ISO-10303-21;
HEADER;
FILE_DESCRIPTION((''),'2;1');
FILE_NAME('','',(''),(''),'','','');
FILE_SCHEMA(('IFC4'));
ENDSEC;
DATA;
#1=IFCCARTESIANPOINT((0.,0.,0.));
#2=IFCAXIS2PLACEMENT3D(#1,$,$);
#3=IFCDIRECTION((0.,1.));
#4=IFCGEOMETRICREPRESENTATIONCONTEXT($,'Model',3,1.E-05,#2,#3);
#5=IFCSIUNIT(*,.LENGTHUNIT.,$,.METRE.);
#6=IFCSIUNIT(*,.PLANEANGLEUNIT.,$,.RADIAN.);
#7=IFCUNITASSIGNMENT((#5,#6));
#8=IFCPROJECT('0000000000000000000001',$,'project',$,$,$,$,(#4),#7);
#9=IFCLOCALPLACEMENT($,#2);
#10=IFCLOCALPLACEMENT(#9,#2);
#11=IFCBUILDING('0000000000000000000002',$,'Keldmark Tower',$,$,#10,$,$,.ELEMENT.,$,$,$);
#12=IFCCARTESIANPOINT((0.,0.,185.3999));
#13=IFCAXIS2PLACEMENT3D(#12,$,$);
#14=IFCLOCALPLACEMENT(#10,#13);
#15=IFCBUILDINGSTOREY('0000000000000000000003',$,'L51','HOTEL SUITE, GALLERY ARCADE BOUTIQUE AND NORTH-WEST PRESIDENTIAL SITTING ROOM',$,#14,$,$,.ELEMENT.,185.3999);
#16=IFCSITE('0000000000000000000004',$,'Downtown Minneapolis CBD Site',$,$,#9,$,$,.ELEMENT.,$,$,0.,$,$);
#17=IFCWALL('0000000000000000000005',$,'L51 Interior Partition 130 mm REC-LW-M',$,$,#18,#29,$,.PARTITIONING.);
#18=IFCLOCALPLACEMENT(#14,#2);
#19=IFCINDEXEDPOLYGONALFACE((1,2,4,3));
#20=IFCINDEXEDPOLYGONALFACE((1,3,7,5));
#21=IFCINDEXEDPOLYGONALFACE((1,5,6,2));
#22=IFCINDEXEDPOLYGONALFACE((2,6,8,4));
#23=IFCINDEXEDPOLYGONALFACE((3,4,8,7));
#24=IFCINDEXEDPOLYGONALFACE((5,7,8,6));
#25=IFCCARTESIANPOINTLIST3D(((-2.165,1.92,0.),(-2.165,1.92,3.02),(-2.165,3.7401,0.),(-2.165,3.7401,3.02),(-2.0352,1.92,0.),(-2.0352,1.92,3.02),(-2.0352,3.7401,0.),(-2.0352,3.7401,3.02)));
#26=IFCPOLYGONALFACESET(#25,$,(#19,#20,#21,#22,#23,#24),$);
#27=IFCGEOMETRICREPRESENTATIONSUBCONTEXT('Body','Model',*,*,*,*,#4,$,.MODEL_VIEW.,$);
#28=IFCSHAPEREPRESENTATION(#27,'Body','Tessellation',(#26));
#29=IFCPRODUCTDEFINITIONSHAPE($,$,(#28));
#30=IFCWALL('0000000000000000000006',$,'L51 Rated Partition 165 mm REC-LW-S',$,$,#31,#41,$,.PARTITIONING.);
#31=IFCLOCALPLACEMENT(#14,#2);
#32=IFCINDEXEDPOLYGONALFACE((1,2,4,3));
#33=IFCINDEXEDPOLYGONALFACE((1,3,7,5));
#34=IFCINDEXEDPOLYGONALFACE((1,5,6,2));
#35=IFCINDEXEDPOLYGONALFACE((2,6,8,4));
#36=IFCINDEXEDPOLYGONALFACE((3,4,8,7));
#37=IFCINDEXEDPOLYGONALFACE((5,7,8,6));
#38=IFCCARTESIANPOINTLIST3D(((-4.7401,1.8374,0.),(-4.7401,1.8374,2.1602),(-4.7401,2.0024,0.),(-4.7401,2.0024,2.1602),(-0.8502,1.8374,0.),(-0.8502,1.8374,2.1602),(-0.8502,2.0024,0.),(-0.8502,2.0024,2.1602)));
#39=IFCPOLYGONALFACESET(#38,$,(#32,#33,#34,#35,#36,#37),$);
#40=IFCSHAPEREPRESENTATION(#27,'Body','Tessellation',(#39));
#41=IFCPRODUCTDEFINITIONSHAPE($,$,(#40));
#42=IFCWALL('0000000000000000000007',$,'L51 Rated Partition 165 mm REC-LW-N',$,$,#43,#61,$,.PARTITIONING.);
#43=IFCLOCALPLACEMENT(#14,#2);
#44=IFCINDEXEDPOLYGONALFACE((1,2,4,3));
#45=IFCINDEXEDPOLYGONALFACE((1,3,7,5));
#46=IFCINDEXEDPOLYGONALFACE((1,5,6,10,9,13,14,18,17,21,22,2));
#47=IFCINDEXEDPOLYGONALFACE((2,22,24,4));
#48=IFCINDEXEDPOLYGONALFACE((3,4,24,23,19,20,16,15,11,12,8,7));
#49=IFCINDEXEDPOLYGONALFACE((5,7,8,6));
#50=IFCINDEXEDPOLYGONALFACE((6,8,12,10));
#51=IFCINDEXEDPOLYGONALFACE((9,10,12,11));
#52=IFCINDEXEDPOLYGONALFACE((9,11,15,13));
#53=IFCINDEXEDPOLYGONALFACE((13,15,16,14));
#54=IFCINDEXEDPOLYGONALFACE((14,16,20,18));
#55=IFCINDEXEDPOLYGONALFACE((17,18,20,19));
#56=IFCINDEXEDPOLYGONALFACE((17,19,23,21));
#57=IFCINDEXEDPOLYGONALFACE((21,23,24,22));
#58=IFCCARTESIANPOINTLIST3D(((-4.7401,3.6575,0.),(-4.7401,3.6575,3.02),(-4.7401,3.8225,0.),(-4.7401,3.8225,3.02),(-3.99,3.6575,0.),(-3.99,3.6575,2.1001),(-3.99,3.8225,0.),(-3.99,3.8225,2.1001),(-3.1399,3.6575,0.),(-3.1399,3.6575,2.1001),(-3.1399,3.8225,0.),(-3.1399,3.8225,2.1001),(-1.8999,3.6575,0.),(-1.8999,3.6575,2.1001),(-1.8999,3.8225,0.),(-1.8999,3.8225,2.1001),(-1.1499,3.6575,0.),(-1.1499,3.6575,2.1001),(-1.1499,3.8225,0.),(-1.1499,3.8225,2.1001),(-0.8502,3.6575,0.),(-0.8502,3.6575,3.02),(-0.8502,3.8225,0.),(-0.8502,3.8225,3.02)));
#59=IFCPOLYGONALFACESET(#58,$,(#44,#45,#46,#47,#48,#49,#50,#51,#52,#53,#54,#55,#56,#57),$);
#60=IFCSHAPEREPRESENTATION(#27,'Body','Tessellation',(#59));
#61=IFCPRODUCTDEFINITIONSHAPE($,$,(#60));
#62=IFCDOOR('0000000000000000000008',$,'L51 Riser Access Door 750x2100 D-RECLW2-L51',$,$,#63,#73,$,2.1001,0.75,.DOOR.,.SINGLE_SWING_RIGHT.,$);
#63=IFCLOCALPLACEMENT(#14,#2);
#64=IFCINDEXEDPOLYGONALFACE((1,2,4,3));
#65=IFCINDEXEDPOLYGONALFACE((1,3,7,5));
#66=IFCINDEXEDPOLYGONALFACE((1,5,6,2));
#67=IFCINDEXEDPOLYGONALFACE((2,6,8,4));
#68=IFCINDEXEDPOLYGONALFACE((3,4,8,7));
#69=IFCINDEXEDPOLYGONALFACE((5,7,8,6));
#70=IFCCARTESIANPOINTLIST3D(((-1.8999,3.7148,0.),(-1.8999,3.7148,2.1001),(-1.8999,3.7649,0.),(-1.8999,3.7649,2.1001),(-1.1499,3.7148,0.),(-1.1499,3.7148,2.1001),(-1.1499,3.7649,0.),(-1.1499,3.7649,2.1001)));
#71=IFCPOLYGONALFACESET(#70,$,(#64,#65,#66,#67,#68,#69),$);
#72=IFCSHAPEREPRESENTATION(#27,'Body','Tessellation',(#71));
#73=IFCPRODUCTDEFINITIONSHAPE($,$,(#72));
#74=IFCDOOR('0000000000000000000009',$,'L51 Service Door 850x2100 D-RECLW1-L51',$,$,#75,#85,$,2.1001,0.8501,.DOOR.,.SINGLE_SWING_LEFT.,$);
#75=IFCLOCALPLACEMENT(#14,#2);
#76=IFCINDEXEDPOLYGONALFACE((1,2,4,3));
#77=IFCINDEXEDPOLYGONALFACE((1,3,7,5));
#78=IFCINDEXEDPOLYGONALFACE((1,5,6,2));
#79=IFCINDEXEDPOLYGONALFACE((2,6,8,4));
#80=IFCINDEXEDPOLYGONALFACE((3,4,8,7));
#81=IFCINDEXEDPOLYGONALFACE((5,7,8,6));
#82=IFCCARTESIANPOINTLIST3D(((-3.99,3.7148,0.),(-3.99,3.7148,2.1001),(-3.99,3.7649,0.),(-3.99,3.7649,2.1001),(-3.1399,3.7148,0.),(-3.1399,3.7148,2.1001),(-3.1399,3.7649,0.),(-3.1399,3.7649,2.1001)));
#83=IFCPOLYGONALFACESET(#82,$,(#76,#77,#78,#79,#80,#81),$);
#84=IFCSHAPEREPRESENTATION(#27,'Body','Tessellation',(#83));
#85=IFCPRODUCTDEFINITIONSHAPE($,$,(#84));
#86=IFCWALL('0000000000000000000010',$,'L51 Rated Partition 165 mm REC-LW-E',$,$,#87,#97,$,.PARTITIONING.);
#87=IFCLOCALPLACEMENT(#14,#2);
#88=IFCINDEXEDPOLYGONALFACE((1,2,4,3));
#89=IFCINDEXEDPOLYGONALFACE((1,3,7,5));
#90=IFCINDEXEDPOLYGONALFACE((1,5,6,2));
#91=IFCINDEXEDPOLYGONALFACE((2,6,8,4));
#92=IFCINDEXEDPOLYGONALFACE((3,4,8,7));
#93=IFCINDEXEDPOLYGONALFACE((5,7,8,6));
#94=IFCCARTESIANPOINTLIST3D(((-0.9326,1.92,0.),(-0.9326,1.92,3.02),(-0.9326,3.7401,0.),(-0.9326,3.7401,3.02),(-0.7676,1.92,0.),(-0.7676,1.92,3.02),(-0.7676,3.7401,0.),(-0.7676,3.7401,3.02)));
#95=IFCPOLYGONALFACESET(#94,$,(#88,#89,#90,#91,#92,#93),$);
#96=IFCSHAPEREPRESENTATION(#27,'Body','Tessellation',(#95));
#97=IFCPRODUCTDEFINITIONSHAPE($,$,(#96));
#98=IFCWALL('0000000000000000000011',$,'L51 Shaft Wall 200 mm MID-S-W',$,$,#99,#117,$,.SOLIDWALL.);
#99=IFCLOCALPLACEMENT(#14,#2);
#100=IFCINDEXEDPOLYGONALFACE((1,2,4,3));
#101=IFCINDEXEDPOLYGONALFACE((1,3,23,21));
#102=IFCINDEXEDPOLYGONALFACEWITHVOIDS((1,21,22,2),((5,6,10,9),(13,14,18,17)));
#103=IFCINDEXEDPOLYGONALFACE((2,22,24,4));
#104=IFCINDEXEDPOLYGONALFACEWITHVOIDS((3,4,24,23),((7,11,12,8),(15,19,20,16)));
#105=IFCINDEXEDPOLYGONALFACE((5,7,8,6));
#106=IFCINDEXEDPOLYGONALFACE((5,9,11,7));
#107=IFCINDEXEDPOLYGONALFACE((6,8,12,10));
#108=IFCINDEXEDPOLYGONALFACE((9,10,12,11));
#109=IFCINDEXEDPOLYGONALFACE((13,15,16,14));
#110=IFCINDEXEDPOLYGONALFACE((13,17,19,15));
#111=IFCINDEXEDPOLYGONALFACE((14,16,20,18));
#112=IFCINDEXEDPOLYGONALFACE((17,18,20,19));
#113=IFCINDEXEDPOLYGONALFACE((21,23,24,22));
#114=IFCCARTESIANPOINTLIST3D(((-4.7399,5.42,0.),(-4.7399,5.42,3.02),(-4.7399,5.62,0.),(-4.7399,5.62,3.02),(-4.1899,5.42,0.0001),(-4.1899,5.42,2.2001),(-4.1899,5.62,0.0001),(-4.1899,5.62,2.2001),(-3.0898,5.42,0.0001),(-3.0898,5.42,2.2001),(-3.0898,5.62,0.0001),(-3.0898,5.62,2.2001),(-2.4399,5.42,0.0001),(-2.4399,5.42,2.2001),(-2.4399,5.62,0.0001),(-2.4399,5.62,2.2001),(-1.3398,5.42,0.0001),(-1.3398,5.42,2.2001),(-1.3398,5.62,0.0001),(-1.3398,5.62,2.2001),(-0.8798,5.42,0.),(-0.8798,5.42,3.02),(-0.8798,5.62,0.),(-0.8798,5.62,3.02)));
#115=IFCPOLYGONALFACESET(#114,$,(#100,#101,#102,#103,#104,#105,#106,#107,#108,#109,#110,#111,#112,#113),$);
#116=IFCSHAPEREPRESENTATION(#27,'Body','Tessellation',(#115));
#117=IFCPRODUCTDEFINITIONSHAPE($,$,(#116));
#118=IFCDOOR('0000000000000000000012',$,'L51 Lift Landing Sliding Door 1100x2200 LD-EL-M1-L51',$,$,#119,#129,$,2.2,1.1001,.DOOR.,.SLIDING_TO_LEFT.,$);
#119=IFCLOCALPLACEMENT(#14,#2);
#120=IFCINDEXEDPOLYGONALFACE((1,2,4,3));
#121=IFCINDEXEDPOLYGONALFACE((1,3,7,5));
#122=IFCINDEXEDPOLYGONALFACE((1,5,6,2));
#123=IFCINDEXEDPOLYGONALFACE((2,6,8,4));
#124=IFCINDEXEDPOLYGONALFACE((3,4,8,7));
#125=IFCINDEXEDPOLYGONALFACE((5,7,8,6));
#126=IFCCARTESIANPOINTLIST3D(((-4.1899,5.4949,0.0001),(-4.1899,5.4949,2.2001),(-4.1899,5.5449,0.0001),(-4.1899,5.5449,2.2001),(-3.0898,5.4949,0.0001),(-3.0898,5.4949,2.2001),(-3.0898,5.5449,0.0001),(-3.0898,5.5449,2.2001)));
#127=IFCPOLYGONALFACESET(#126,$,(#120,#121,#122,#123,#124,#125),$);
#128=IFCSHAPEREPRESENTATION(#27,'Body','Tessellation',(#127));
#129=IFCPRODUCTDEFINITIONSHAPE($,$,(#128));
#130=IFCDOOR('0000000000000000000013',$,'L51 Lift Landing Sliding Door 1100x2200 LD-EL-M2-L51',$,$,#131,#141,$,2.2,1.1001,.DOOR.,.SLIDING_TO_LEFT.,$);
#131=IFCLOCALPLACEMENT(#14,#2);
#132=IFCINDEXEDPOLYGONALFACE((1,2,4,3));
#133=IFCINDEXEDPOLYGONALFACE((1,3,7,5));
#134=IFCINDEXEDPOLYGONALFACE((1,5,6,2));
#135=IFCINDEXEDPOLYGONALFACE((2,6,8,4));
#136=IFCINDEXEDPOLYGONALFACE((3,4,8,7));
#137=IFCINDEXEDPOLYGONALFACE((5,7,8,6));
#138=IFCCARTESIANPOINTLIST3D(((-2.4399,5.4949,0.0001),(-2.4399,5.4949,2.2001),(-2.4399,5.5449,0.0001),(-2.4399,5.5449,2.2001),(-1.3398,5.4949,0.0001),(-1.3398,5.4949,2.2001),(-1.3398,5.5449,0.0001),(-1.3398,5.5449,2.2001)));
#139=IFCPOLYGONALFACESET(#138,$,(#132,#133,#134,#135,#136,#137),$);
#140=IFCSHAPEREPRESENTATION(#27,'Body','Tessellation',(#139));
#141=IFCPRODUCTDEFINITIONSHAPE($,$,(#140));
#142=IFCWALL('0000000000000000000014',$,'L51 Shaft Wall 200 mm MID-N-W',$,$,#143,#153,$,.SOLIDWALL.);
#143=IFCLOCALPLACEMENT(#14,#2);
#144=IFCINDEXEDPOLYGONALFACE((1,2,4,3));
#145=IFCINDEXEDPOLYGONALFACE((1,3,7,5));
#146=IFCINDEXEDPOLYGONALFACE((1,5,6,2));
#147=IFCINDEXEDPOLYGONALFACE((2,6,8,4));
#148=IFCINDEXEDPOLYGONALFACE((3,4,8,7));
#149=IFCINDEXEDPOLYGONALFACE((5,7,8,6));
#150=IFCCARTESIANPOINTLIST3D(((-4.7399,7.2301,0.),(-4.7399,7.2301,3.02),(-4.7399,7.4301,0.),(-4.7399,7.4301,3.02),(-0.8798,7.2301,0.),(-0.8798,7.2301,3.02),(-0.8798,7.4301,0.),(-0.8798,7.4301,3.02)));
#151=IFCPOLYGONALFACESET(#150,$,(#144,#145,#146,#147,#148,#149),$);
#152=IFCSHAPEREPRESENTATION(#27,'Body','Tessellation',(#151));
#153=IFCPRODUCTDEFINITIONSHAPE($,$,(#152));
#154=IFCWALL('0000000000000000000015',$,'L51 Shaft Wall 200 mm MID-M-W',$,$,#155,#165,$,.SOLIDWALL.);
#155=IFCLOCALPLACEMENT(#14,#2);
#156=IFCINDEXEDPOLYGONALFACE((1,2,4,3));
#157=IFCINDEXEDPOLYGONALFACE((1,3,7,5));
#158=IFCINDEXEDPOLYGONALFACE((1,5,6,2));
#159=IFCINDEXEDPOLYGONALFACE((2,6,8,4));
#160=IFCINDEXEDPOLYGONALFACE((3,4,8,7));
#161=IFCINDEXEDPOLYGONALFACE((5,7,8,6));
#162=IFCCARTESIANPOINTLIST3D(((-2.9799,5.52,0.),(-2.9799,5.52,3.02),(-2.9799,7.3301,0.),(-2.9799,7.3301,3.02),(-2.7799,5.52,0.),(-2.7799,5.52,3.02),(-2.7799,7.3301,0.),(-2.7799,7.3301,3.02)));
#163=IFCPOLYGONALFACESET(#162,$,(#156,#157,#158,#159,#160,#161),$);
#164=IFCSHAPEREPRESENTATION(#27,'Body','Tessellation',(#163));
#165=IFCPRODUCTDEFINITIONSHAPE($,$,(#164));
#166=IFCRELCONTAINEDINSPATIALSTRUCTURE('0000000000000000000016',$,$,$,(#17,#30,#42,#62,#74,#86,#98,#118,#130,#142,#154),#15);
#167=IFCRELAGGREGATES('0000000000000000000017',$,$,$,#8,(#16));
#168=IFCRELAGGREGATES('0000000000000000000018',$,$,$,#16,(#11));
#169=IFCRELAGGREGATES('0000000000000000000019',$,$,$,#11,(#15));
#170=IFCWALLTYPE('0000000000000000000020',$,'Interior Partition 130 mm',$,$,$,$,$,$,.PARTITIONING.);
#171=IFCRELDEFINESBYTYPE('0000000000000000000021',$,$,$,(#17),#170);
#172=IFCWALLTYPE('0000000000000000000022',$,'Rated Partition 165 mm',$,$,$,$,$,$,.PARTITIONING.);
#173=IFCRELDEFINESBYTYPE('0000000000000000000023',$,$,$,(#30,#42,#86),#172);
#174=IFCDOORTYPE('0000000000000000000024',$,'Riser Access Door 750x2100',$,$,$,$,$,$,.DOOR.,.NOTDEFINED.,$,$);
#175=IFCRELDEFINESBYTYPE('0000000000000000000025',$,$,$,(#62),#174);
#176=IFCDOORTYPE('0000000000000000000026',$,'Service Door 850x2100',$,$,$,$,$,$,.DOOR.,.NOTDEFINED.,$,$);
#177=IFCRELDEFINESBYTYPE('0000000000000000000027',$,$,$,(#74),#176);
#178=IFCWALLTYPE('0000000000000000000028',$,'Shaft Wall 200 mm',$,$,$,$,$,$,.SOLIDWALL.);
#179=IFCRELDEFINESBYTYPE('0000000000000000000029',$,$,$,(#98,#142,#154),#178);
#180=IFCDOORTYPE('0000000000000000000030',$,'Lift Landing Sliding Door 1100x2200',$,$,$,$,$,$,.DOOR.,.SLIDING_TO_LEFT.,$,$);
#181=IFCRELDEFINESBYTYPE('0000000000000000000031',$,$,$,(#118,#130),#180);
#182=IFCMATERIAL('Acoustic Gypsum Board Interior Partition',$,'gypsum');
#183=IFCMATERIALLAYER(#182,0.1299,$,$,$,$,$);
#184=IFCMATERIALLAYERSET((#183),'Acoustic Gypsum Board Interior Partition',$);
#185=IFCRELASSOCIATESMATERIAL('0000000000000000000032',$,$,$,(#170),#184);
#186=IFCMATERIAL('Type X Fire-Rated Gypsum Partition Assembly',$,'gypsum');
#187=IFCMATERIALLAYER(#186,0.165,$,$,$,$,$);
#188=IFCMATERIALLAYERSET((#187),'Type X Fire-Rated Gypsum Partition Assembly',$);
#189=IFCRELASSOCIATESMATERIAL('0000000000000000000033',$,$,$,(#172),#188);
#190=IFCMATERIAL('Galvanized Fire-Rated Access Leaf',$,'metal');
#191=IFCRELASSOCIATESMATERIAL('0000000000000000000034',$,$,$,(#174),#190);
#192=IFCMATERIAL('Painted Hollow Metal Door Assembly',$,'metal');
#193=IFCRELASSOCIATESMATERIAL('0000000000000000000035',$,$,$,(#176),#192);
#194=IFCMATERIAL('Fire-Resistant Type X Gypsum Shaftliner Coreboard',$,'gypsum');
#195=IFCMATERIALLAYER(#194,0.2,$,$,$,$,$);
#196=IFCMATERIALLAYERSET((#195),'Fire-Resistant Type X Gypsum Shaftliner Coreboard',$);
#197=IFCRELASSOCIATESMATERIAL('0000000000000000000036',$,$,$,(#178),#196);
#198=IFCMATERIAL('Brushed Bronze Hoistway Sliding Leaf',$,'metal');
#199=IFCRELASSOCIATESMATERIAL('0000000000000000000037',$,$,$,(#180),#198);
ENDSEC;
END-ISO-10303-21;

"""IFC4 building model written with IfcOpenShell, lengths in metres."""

from ifc_helpers import new_model, si_unit, direction, frame, frame_2d, origin, place, context, subcontext, project, spatial, rectangle, extrude, material, layer, layer_set, type_object, element, fill, save


model = new_model("IFC4")

# Units and contexts
model_context = context("Model", 3, precision=1e-05, world=origin(), true_north=direction((0.0, 1.0)))
body_context = subcontext(model_context, "Body", "Model", "MODEL_VIEW")
ifc_project = project(units=[si_unit("LENGTHUNIT", "METRE"), si_unit("PLANEANGLEUNIT", "RADIAN")], contexts=[model_context])

# Site, building, storey
site_placement = place(None, origin())
site = spatial("IfcSite", under=ifc_project, at=site_placement, Name="Downtown Minneapolis CBD Site", CompositionType="ELEMENT", RefElevation=0.0)
building_placement = place(site_placement, origin())
building = spatial("IfcBuilding", under=site, at=building_placement, Name="Keldmark Tower", CompositionType="ELEMENT")
storey_placement = place(building_placement, frame((0.0, 0.0, 185.3999)))
storey = spatial("IfcBuildingStorey", under=building, at=storey_placement, Name="L51", Description="HOTEL SUITE, GALLERY ARCADE BOUTIQUE AND NORTH-WEST PRESIDENTIAL SITTING ROOM", CompositionType="ELEMENT", Elevation=185.3999)

# Walls
ifc_material_1 = material(Name="Acoustic Gypsum Board Interior Partition", Category="gypsum")
ifc_layer_1 = layer(ifc_material_1, 0.1299)
ifc_layer_set_1 = layer_set([ifc_layer_1], Name="Acoustic Gypsum Board Interior Partition")
wall_type_1 = type_object("IfcWallType", Name="Interior Partition 130 mm", PredefinedType="PARTITIONING", material=ifc_layer_set_1)
wall_1_placement = place(storey_placement, frame((-2.1001, 1.9199, 0.0), z_axis=(0.0, 0.0, 1.0), x_axis=(0.0, 1.0, 0.0)))
element("IfcWall", 1, at=wall_1_placement, inside=storey, type_object=wall_type_1, Name="L51 Interior Partition 130 mm REC-LW-M", PredefinedType="PARTITIONING", context=body_context, shape_type="SweptSolid", body=[
    extrude(rectangle(XDim=1.8201, YDim=0.1299, at=frame_2d((0.9102, 0.0))), origin(), (0.0, 0.0, 1.0), 3.02),
])
ifc_material_2 = material(Name="Type X Fire-Rated Gypsum Partition Assembly", Category="gypsum")
ifc_layer_2 = layer(ifc_material_2, 0.165)
ifc_layer_set_2 = layer_set([ifc_layer_2], Name="Type X Fire-Rated Gypsum Partition Assembly")
wall_type_2 = type_object("IfcWallType", Name="Rated Partition 165 mm", PredefinedType="PARTITIONING", material=ifc_layer_set_2)
wall_2_placement = place(storey_placement, frame((-4.74, 1.9199, 0.0), z_axis=(0.0, 0.0, 1.0), x_axis=(1.0, 0.0, 0.0)))
element("IfcWall", 2, at=wall_2_placement, inside=storey, type_object=wall_type_2, Name="L51 Rated Partition 165 mm REC-LW-S", PredefinedType="PARTITIONING", context=body_context, shape_type="SweptSolid", body=[
    extrude(rectangle(XDim=3.8899, YDim=0.165, at=frame_2d((1.9448, 0.0))), origin(), (0.0, 0.0, 1.0), 2.1602),
])

# Wall, openings, doors
wall_3_placement = place(storey_placement, frame((-4.74, 3.74, 0.0), z_axis=(0.0, 0.0, 1.0), x_axis=(1.0, 0.0, 0.0)))
wall_3 = element("IfcWall", 3, at=wall_3_placement, inside=storey, type_object=wall_type_2, Name="L51 Rated Partition 165 mm REC-LW-N", PredefinedType="PARTITIONING", context=body_context, shape_type="SweptSolid", body=[
    extrude(rectangle(XDim=3.8899, YDim=0.165, at=frame_2d((1.9448, 0.0))), origin(), (0.0, 0.0, 1.0), 3.02),
])
opening_1_placement = place(wall_3_placement, frame((0.75, 0.0, 0.0)))
opening_1 = element("IfcOpeningElement", 4, at=opening_1_placement, cuts=wall_3, PredefinedType="OPENING", context=body_context, shape_type="SweptSolid", body=[
    extrude(rectangle(XDim=0.8501, YDim=2.1001, at=frame_2d((0.425, 1.05))), frame((0.0, 0.0925, 0.0), z_axis=(0.0, -1.0, 0.0), x_axis=(1.0, 0.0, 0.0)), (0.0, 0.0, 1.0), 0.1851),
])
opening_2_placement = place(wall_3_placement, frame((2.8401, 0.0, 0.0)))
opening_2 = element("IfcOpeningElement", 5, at=opening_2_placement, cuts=wall_3, PredefinedType="OPENING", context=body_context, shape_type="SweptSolid", body=[
    extrude(rectangle(XDim=0.75, YDim=2.1001, at=frame_2d((0.375, 1.05))), frame((0.0, 0.0925, 0.0), z_axis=(0.0, -1.0, 0.0), x_axis=(1.0, 0.0, 0.0)), (0.0, 0.0, 1.0), 0.1851),
])
ifc_material_3 = material(Name="Galvanized Fire-Rated Access Leaf", Category="metal")
door_type_1 = type_object("IfcDoorType", Name="Riser Access Door 750x2100", OperationType="NOTDEFINED", PredefinedType="DOOR", material=ifc_material_3)
door_1_placement = place(opening_2_placement, origin())
door_1 = element("IfcDoor", 6, at=door_1_placement, inside=storey, type_object=door_type_1, Name="L51 Riser Access Door 750x2100 D-RECLW2-L51", OperationType="SINGLE_SWING_RIGHT", OverallHeight=2.1001, OverallWidth=0.75, PredefinedType="DOOR", context=body_context, shape_type="SweptSolid", body=[
    extrude(rectangle(XDim=0.75, YDim=2.1001, at=frame_2d((0.375, 1.05))), frame((0.0, 0.0249, 0.0), z_axis=(0.0, -1.0, 0.0), x_axis=(1.0, 0.0, 0.0)), (0.0, 0.0, 1.0), 0.05),
])
fill(opening_2, door_1)
ifc_material_4 = material(Name="Painted Hollow Metal Door Assembly", Category="metal")
door_type_2 = type_object("IfcDoorType", Name="Service Door 850x2100", OperationType="NOTDEFINED", PredefinedType="DOOR", material=ifc_material_4)
door_2_placement = place(opening_1_placement, origin())
door_2 = element("IfcDoor", 7, at=door_2_placement, inside=storey, type_object=door_type_2, Name="L51 Service Door 850x2100 D-RECLW1-L51", OperationType="SINGLE_SWING_LEFT", OverallHeight=2.1001, OverallWidth=0.8501, PredefinedType="DOOR", context=body_context, shape_type="SweptSolid", body=[
    extrude(rectangle(XDim=0.8501, YDim=2.1001, at=frame_2d((0.425, 1.05))), frame((0.0, 0.0249, 0.0), z_axis=(0.0, -1.0, 0.0), x_axis=(1.0, 0.0, 0.0)), (0.0, 0.0, 1.0), 0.05),
])
fill(opening_1, door_2)

# Wall
wall_4_placement = place(storey_placement, frame((-0.8501, 1.9199, 0.0), z_axis=(0.0, 0.0, 1.0), x_axis=(0.0, 1.0, 0.0)))
element("IfcWall", 8, at=wall_4_placement, inside=storey, type_object=wall_type_2, Name="L51 Rated Partition 165 mm REC-LW-E", PredefinedType="PARTITIONING", context=body_context, shape_type="SweptSolid", body=[
    extrude(rectangle(XDim=1.8201, YDim=0.165, at=frame_2d((0.9102, 0.0))), origin(), (0.0, 0.0, 1.0), 3.02),
])

# Wall, openings, doors
ifc_material_5 = material(Name="Fire-Resistant Type X Gypsum Shaftliner Coreboard", Category="gypsum")
ifc_layer_3 = layer(ifc_material_5, 0.2)
ifc_layer_set_3 = layer_set([ifc_layer_3], Name="Fire-Resistant Type X Gypsum Shaftliner Coreboard")
wall_type_3 = type_object("IfcWallType", Name="Shaft Wall 200 mm", PredefinedType="SOLIDWALL", material=ifc_layer_set_3)
wall_5_placement = place(storey_placement, frame((-4.74, 5.52, 0.0), z_axis=(0.0, 0.0, 1.0), x_axis=(1.0, 0.0, 0.0)))
wall_5 = element("IfcWall", 9, at=wall_5_placement, inside=storey, type_object=wall_type_3, Name="L51 Shaft Wall 200 mm MID-S-W", PredefinedType="SOLIDWALL", context=body_context, shape_type="SweptSolid", body=[
    extrude(rectangle(XDim=3.8601, YDim=0.2, at=frame_2d((1.9302, 0.0))), origin(), (0.0, 0.0, 1.0), 3.02),
])
opening_3_placement = place(wall_5_placement, frame((0.55, 0.0, 0.0)))
opening_3 = element("IfcOpeningElement", 10, at=opening_3_placement, cuts=wall_5, PredefinedType="OPENING", context=body_context, shape_type="SweptSolid", body=[
    extrude(rectangle(XDim=1.1001, YDim=2.2, at=frame_2d((0.55, 1.1001))), frame((0.0, 0.1099, 0.0), z_axis=(0.0, -1.0, 0.0), x_axis=(1.0, 0.0, 0.0)), (0.0, 0.0, 1.0), 0.22),
])
opening_4_placement = place(wall_5_placement, frame((2.3, 0.0, 0.0)))
opening_4 = element("IfcOpeningElement", 11, at=opening_4_placement, cuts=wall_5, PredefinedType="OPENING", context=body_context, shape_type="SweptSolid", body=[
    extrude(rectangle(XDim=1.1001, YDim=2.2, at=frame_2d((0.55, 1.1001))), frame((0.0, 0.1099, 0.0), z_axis=(0.0, -1.0, 0.0), x_axis=(1.0, 0.0, 0.0)), (0.0, 0.0, 1.0), 0.22),
])
ifc_material_6 = material(Name="Brushed Bronze Hoistway Sliding Leaf", Category="metal")
door_type_3 = type_object("IfcDoorType", Name="Lift Landing Sliding Door 1100x2200", OperationType="SLIDING_TO_LEFT", PredefinedType="DOOR", material=ifc_material_6)
door_3_placement = place(opening_3_placement, origin())
door_3 = element("IfcDoor", 12, at=door_3_placement, inside=storey, type_object=door_type_3, Name="L51 Lift Landing Sliding Door 1100x2200 LD-EL-M1-L51", OperationType="SLIDING_TO_LEFT", OverallHeight=2.2, OverallWidth=1.1001, PredefinedType="DOOR", context=body_context, shape_type="SweptSolid", body=[
    extrude(rectangle(XDim=1.1001, YDim=2.2, at=frame_2d((0.55, 1.1001))), frame((0.0, 0.0249, 0.0), z_axis=(0.0, -1.0, 0.0), x_axis=(1.0, 0.0, 0.0)), (0.0, 0.0, 1.0), 0.05),
])
fill(opening_3, door_3)
door_4_placement = place(opening_4_placement, origin())
door_4 = element("IfcDoor", 13, at=door_4_placement, inside=storey, type_object=door_type_3, Name="L51 Lift Landing Sliding Door 1100x2200 LD-EL-M2-L51", OperationType="SLIDING_TO_LEFT", OverallHeight=2.2, OverallWidth=1.1001, PredefinedType="DOOR", context=body_context, shape_type="SweptSolid", body=[
    extrude(rectangle(XDim=1.1001, YDim=2.2, at=frame_2d((0.55, 1.1001))), frame((0.0, 0.0249, 0.0), z_axis=(0.0, -1.0, 0.0), x_axis=(1.0, 0.0, 0.0)), (0.0, 0.0, 1.0), 0.05),
])
fill(opening_4, door_4)

# Walls
wall_6_placement = place(storey_placement, frame((-4.74, 7.3301, 0.0), z_axis=(0.0, 0.0, 1.0), x_axis=(1.0, 0.0, 0.0)))
element("IfcWall", 14, at=wall_6_placement, inside=storey, type_object=wall_type_3, Name="L51 Shaft Wall 200 mm MID-N-W", PredefinedType="SOLIDWALL", context=body_context, shape_type="SweptSolid", body=[
    extrude(rectangle(XDim=3.8601, YDim=0.2, at=frame_2d((1.9302, 0.0))), origin(), (0.0, 0.0, 1.0), 3.02),
])
for number, where, z_axis, x_axis, name in (
    (15, (-2.8799, 5.52, 0.0), (0.0, 0.0, 1.0), (0.0, 1.0, 0.0), "L51 Shaft Wall 200 mm MID-M-W"),
):
    element("IfcWall", number, at=place(storey_placement, frame(where, z_axis=z_axis, x_axis=x_axis)), inside=storey, type_object=wall_type_3, Name=name, PredefinedType="SOLIDWALL", context=body_context, shape_type="SweptSolid", body=[
        extrude(rectangle(XDim=1.8101, YDim=0.2, at=frame_2d((0.905, 0.0))), origin(), (0.0, 0.0, 1.0), 3.02),
    ])

save(model, "model.ifc")
